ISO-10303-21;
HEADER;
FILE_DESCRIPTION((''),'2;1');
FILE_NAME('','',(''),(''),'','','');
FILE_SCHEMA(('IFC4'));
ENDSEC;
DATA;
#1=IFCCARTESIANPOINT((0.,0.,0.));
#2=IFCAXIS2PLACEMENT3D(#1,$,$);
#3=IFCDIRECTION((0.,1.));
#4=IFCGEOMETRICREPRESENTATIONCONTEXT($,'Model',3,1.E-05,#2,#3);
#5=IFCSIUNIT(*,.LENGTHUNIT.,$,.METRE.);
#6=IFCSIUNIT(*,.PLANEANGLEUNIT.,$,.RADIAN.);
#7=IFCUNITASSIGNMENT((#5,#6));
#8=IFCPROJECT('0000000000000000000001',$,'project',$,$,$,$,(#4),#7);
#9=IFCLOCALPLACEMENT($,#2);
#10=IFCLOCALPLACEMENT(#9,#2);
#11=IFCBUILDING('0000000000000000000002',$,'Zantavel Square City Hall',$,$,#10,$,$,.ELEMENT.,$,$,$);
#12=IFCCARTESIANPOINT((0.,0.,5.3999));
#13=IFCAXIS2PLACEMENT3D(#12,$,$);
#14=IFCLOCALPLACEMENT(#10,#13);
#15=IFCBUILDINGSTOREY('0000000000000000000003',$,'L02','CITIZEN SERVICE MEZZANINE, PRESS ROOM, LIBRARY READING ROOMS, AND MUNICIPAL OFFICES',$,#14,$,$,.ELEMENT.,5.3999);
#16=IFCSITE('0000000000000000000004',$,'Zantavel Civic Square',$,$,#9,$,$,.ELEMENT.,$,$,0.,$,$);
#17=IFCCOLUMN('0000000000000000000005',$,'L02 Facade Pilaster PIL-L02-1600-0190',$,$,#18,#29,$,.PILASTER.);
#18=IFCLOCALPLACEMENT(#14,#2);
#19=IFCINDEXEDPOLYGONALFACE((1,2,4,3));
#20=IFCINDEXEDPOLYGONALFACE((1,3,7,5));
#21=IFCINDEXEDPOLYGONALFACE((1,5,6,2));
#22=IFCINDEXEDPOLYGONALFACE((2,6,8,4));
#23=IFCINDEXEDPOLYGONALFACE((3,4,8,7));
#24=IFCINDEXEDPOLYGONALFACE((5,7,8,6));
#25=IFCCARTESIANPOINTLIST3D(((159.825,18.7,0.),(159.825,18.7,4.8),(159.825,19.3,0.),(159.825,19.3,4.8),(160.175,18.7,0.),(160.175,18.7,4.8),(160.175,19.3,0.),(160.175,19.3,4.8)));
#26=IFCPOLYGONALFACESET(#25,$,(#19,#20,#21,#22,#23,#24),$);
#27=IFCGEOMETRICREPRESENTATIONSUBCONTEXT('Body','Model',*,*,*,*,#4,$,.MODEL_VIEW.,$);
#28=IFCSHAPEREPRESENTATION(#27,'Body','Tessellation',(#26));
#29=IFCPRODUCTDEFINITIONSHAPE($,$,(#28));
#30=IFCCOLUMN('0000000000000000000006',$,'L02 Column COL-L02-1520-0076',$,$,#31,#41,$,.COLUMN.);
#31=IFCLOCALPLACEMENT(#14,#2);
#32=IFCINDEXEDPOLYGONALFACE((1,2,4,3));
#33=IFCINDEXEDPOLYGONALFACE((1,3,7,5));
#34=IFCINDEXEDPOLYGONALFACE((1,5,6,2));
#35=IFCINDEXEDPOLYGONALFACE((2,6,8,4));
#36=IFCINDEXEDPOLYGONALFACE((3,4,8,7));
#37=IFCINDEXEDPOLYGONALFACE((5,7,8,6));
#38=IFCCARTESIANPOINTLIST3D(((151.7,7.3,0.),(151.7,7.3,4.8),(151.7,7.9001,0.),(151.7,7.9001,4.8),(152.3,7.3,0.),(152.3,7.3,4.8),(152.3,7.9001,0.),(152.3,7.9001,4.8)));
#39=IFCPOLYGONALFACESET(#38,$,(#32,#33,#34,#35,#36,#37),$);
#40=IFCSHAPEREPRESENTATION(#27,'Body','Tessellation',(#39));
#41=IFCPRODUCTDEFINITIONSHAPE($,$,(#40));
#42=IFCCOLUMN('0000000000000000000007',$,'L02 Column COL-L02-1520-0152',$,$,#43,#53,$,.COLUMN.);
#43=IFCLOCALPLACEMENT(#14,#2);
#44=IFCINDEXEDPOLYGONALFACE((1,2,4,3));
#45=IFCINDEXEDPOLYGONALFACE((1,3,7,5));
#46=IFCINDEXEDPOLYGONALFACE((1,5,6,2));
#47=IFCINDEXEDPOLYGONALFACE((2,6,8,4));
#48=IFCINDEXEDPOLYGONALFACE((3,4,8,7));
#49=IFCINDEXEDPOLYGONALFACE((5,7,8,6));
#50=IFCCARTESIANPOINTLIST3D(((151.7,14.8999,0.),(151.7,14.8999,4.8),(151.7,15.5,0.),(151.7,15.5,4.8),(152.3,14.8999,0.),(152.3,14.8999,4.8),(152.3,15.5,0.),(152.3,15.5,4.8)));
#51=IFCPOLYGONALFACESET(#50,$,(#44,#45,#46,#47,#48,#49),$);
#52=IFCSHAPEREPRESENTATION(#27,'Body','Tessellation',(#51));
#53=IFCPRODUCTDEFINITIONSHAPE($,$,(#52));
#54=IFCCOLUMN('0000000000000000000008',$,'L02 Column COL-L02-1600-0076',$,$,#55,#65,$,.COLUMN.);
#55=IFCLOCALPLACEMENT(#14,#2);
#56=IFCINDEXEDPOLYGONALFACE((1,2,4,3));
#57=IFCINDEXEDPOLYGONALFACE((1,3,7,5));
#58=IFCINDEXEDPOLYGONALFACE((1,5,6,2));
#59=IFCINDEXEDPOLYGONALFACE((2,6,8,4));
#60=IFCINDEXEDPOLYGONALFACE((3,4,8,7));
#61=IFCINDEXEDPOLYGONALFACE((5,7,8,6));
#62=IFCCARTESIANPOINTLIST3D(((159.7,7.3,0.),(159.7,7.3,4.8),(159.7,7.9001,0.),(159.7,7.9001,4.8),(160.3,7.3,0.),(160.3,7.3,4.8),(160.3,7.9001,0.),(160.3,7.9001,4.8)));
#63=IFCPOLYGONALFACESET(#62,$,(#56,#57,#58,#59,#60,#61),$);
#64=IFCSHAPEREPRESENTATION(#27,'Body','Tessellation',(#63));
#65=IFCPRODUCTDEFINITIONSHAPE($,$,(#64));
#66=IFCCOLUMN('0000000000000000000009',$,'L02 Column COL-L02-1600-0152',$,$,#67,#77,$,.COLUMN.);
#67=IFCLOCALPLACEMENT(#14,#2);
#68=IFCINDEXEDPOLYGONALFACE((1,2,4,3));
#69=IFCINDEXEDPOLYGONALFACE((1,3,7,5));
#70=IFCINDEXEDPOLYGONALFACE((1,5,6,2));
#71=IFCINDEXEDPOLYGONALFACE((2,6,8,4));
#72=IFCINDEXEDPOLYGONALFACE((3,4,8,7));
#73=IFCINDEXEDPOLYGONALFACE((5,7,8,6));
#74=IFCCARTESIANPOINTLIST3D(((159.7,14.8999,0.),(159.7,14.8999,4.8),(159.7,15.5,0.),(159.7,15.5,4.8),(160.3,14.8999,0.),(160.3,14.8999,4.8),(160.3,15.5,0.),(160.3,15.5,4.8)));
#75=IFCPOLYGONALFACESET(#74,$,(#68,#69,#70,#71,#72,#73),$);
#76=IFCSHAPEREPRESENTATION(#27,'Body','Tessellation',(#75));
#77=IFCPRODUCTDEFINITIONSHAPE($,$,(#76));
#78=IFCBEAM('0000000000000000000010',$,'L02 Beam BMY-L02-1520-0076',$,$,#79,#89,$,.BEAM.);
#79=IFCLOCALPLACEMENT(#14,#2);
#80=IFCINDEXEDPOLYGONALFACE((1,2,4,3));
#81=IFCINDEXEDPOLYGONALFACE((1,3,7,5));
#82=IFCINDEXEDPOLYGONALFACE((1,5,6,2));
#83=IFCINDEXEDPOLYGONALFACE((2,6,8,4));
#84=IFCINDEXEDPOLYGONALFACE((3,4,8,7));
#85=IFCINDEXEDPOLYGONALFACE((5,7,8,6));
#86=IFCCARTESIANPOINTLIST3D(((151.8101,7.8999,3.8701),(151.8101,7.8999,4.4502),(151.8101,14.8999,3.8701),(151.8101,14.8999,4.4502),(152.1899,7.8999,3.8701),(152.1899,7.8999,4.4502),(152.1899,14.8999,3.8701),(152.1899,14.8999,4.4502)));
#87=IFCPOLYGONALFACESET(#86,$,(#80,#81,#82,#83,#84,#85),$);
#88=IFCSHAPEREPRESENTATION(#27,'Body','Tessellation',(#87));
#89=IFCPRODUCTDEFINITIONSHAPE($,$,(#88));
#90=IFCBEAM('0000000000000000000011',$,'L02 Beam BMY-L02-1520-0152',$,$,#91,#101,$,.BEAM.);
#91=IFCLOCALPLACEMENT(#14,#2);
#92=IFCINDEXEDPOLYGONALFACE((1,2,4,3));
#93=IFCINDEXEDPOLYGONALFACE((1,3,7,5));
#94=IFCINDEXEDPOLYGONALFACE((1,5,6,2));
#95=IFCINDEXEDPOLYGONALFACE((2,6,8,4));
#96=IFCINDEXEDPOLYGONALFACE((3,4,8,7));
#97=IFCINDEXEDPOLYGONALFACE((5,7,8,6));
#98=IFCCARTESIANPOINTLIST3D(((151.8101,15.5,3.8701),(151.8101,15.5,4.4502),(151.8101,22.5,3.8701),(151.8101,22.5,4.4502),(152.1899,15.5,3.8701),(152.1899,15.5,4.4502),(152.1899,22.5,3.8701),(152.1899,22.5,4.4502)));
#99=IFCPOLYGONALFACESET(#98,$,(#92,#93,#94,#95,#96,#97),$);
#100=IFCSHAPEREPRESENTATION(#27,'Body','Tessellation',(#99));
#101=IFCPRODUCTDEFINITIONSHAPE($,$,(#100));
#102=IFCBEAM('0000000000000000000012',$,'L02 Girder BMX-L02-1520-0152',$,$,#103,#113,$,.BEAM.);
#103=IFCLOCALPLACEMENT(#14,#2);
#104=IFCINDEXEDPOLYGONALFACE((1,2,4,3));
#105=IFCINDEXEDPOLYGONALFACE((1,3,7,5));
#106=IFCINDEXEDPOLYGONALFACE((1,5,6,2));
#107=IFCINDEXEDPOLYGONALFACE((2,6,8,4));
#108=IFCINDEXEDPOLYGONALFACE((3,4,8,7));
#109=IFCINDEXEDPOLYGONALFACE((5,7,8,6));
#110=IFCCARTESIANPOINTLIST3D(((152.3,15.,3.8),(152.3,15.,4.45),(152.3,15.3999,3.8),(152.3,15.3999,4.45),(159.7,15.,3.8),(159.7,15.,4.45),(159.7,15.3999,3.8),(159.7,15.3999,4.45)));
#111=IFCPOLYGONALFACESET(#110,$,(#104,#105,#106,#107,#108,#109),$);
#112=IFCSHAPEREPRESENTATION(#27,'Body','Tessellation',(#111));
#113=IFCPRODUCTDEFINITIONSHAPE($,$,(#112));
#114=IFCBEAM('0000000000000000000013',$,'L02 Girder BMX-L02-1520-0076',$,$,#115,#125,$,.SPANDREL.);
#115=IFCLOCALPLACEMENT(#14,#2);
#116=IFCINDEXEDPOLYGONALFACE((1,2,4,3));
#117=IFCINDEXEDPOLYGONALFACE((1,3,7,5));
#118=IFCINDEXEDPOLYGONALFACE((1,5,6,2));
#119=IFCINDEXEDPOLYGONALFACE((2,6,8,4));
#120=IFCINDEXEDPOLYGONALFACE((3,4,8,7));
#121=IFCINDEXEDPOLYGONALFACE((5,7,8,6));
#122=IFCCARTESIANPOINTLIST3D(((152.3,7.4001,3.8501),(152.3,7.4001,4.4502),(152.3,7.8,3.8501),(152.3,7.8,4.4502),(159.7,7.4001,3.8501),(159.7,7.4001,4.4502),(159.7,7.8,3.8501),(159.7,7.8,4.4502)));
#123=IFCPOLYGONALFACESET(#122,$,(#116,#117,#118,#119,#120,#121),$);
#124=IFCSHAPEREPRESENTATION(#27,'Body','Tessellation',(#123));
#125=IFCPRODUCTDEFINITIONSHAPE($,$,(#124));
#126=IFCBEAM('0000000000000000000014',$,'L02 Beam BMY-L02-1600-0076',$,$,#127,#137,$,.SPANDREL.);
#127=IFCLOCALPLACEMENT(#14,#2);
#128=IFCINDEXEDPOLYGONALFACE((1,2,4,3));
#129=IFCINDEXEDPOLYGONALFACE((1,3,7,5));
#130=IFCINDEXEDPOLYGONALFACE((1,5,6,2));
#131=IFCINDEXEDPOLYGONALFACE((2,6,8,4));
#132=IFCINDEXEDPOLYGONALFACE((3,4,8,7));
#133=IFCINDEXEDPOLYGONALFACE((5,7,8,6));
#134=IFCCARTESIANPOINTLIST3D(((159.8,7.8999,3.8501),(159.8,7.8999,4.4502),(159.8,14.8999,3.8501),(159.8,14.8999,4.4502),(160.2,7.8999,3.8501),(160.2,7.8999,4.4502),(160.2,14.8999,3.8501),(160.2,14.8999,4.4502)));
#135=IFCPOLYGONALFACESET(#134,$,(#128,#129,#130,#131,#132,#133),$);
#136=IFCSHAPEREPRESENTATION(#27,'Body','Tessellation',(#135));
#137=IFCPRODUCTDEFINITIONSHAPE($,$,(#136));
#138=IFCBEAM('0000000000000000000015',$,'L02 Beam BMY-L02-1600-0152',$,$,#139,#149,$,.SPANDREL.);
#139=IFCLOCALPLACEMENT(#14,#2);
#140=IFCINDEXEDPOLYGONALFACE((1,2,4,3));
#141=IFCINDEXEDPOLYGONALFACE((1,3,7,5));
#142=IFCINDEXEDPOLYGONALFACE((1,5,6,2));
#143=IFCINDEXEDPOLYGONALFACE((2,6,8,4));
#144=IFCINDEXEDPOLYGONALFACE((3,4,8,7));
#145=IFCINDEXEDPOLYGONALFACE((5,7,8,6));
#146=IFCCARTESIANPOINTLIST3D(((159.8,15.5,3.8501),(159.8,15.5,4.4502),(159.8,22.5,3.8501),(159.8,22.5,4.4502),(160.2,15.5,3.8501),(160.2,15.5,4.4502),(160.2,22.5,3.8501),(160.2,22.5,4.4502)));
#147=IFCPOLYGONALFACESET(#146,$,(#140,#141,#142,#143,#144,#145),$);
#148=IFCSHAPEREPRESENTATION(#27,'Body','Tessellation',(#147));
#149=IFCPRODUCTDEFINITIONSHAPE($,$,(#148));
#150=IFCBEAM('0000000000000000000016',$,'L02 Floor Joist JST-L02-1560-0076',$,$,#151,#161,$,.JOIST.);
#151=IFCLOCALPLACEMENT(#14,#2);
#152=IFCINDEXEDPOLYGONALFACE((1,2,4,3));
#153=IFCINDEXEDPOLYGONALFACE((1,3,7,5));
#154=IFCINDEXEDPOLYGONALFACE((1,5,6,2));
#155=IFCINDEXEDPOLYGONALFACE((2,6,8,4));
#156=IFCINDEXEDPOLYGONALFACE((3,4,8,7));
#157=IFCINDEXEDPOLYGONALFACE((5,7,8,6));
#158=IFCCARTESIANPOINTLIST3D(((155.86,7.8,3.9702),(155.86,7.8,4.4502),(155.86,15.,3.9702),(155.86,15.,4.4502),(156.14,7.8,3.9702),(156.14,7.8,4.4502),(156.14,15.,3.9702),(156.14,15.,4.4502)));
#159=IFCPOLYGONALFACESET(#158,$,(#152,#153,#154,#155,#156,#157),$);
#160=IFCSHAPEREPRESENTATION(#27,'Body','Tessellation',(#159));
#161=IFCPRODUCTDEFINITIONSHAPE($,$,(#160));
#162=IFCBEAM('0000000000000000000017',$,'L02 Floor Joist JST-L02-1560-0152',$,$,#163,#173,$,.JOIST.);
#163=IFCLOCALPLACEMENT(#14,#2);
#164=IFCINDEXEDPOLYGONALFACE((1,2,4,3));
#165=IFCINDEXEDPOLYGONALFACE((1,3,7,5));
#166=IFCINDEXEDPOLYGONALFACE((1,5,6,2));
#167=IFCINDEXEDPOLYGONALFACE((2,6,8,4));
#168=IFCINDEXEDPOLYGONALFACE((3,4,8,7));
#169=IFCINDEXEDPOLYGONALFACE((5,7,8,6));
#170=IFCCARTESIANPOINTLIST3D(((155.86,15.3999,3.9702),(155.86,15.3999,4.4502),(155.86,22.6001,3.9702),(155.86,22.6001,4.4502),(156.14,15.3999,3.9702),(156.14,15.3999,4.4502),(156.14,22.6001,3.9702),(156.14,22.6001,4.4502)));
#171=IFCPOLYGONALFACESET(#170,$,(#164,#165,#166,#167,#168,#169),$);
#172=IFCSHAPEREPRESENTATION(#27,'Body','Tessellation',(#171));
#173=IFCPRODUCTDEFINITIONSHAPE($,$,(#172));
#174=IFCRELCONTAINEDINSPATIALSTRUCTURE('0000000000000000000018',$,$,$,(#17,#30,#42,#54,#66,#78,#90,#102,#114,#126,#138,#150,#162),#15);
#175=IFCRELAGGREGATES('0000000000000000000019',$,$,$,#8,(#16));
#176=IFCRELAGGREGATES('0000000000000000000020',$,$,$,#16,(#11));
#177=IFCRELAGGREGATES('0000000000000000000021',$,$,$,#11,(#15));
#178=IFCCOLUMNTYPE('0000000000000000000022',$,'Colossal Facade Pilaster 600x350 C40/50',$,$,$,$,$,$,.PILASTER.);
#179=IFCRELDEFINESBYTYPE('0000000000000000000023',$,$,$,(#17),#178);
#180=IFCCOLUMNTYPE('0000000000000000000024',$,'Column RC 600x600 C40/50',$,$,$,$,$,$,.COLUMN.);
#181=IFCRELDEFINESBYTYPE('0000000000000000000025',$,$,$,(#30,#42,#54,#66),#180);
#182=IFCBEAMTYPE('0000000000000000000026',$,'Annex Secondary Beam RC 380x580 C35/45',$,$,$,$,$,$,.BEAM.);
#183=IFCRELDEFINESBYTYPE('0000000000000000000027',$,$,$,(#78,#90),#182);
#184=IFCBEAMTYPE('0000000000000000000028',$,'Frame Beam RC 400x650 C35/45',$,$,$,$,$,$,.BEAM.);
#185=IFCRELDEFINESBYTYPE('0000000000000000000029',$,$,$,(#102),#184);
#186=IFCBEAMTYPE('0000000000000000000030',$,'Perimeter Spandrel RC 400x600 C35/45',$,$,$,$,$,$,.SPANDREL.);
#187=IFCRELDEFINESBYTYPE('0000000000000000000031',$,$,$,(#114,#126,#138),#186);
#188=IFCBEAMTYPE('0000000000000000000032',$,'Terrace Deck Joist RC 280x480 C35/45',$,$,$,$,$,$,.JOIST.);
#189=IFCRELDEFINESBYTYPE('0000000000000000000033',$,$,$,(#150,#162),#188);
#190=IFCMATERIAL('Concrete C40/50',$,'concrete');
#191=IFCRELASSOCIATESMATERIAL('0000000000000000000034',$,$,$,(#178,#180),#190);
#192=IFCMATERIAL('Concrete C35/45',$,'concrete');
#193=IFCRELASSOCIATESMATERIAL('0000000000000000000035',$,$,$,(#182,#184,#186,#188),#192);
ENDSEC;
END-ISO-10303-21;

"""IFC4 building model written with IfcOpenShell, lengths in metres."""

from ifc_helpers import new_model, si_unit, direction, frame, origin, origin_2d, place, context, subcontext, project, spatial, rectangle, extrude, material, material_profile, profile_set, type_object, element, save


model = new_model("IFC4")

# Units and contexts
model_context = context("Model", 3, precision=1e-05, world=origin(), true_north=direction((0.0, 1.0)))
body_context = subcontext(model_context, "Body", "Model", "MODEL_VIEW")
ifc_project = project(units=[si_unit("LENGTHUNIT", "METRE"), si_unit("PLANEANGLEUNIT", "RADIAN")], contexts=[model_context])

# Site, building, storey
site_placement = place(None, origin())
site = spatial("IfcSite", under=ifc_project, at=site_placement, Name="Zantavel Civic Square", CompositionType="ELEMENT", RefElevation=0.0)
building_placement = place(site_placement, origin())
building = spatial("IfcBuilding", under=site, at=building_placement, Name="Zantavel Square City Hall", CompositionType="ELEMENT")
storey_placement = place(building_placement, frame((0.0, 0.0, 5.3999)))
storey = spatial("IfcBuildingStorey", under=building, at=storey_placement, Name="L02", Description="CITIZEN SERVICE MEZZANINE, PRESS ROOM, LIBRARY READING ROOMS, AND MUNICIPAL OFFICES", CompositionType="ELEMENT", Elevation=5.3999)

# Columns
ifc_material_1 = material(Name="Concrete C40/50", Category="concrete")
ifc_material_profile_1 = material_profile(ifc_material_1, rectangle(XDim=0.6001, YDim=0.3501, at=origin_2d()), Name="RC 600x350")
ifc_profile_set_1 = profile_set([ifc_material_profile_1], Name="Concrete C40/50")
column_type_1 = type_object("IfcColumnType", Name="Colossal Facade Pilaster 600x350 C40/50", PredefinedType="PILASTER", material=ifc_profile_set_1)
column_placement = place(storey_placement, frame((160.0, 19.0, 0.0), z_axis=(0.0, 0.0, 1.0), x_axis=(0.0, 1.0, 0.0)))
element("IfcColumn", 1, at=column_placement, inside=storey, type_object=column_type_1, Name="L02 Facade Pilaster PIL-L02-1600-0190", PredefinedType="PILASTER", context=body_context, shape_type="SweptSolid", body=[
    extrude(rectangle(XDim=0.6001, YDim=0.3501, at=origin_2d()), origin(), (0.0, 0.0, 1.0), 4.8),
])
ifc_material_profile_2 = material_profile(ifc_material_1, rectangle(XDim=0.6001, YDim=0.6001, at=origin_2d()), Name="RC 600x600")
ifc_profile_set_2 = profile_set([ifc_material_profile_2], Name="Concrete C40/50")
column_type_2 = type_object("IfcColumnType", Name="Column RC 600x600 C40/50", PredefinedType="COLUMN", material=ifc_profile_set_2)
for number, where, z_axis, x_axis, name in (
    (2, (152.0, 7.6001, 0.0), (0.0, 0.0, 1.0), (1.0, 0.0, 0.0), "L02 Column COL-L02-1520-0076"),
    (3, (152.0, 15.2, 0.0), (0.0, 0.0, 1.0), (1.0, 0.0, 0.0), "L02 Column COL-L02-1520-0152"),
    (4, (160.0, 7.6001, 0.0), (0.0, 0.0, 1.0), (1.0, 0.0, 0.0), "L02 Column COL-L02-1600-0076"),
    (5, (160.0, 15.2, 0.0), (0.0, 0.0, 1.0), (1.0, 0.0, 0.0), "L02 Column COL-L02-1600-0152"),
):
    element("IfcColumn", number, at=place(storey_placement, frame(where, z_axis=z_axis, x_axis=x_axis)), inside=storey, type_object=column_type_2, Name=name, PredefinedType="COLUMN", context=body_context, shape_type="SweptSolid", body=[
        extrude(rectangle(XDim=0.6001, YDim=0.6001, at=origin_2d()), origin(), (0.0, 0.0, 1.0), 4.8),
    ])

# Beams
ifc_material_2 = material(Name="Concrete C35/45", Category="concrete")
ifc_material_profile_3 = material_profile(ifc_material_2, rectangle(XDim=0.3799, YDim=0.5801, at=origin_2d()), Name="RC 380x580")
ifc_profile_set_3 = profile_set([ifc_material_profile_3], Name="Concrete C35/45")
beam_type_1 = type_object("IfcBeamType", Name="Annex Secondary Beam RC 380x580 C35/45", PredefinedType="BEAM", material=ifc_profile_set_3)
for number, where, z_axis, x_axis, name in (
    (6, (152.0, 7.8999, 4.1602), (0.0, 1.0, 0.0), (-1.0, 0.0, 0.0), "L02 Beam BMY-L02-1520-0076"),
    (7, (152.0, 15.5, 4.1602), (0.0, 1.0, 0.0), (-1.0, 0.0, 0.0), "L02 Beam BMY-L02-1520-0152"),
):
    element("IfcBeam", number, at=place(storey_placement, frame(where, z_axis=z_axis, x_axis=x_axis)), inside=storey, type_object=beam_type_1, Name=name, PredefinedType="BEAM", context=body_context, shape_type="SweptSolid", body=[
        extrude(rectangle(XDim=0.3799, YDim=0.5801, at=origin_2d()), origin(), (0.0, 0.0, 1.0), 7.0),
    ])
ifc_material_profile_4 = material_profile(ifc_material_2, rectangle(XDim=0.3999, YDim=0.6499, at=origin_2d()), Name="RC 400x650")
ifc_profile_set_4 = profile_set([ifc_material_profile_4], Name="Concrete C35/45")
beam_type_2 = type_object("IfcBeamType", Name="Frame Beam RC 400x650 C35/45", PredefinedType="BEAM", material=ifc_profile_set_4)
beam_1_placement = place(storey_placement, frame((152.3, 15.2, 4.125), z_axis=(1.0, 0.0, 0.0), x_axis=(0.0, 1.0, 0.0)))
element("IfcBeam", 8, at=beam_1_placement, inside=storey, type_object=beam_type_2, Name="L02 Girder BMX-L02-1520-0152", PredefinedType="BEAM", context=body_context, shape_type="SweptSolid", body=[
    extrude(rectangle(XDim=0.3999, YDim=0.6499, at=origin_2d()), origin(), (0.0, 0.0, 1.0), 7.3999),
])
ifc_material_profile_5 = material_profile(ifc_material_2, rectangle(XDim=0.3999, YDim=0.6001, at=origin_2d()), Name="RC 400x600")
ifc_profile_set_5 = profile_set([ifc_material_profile_5], Name="Concrete C35/45")
beam_type_3 = type_object("IfcBeamType", Name="Perimeter Spandrel RC 400x600 C35/45", PredefinedType="SPANDREL", material=ifc_profile_set_5)
beam_2_placement = place(storey_placement, frame((152.3, 7.6001, 4.1501), z_axis=(1.0, 0.0, 0.0), x_axis=(0.0, 1.0, 0.0)))
element("IfcBeam", 9, at=beam_2_placement, inside=storey, type_object=beam_type_3, Name="L02 Girder BMX-L02-1520-0076", PredefinedType="SPANDREL", context=body_context, shape_type="SweptSolid", body=[
    extrude(rectangle(XDim=0.3999, YDim=0.6001, at=origin_2d()), origin(), (0.0, 0.0, 1.0), 7.3999),
])
for number, where, z_axis, x_axis, name in (
    (10, (160.0, 7.8999, 4.1501), (0.0, 1.0, 0.0), (-1.0, 0.0, 0.0), "L02 Beam BMY-L02-1600-0076"),
    (11, (160.0, 15.5, 4.1501), (0.0, 1.0, 0.0), (-1.0, 0.0, 0.0), "L02 Beam BMY-L02-1600-0152"),
):
    element("IfcBeam", number, at=place(storey_placement, frame(where, z_axis=z_axis, x_axis=x_axis)), inside=storey, type_object=beam_type_3, Name=name, PredefinedType="SPANDREL", context=body_context, shape_type="SweptSolid", body=[
        extrude(rectangle(XDim=0.3999, YDim=0.6001, at=origin_2d()), origin(), (0.0, 0.0, 1.0), 7.0),
    ])
ifc_material_profile_6 = material_profile(ifc_material_2, rectangle(XDim=0.28, YDim=0.48, at=origin_2d()), Name="RC 280x480")
ifc_profile_set_6 = profile_set([ifc_material_profile_6], Name="Concrete C35/45")
beam_type_4 = type_object("IfcBeamType", Name="Terrace Deck Joist RC 280x480 C35/45", PredefinedType="JOIST", material=ifc_profile_set_6)
beam_3_placement = place(storey_placement, frame((156.0, 7.8, 4.2102), z_axis=(0.0, 1.0, 0.0), x_axis=(-1.0, 0.0, 0.0)))
element("IfcBeam", 12, at=beam_3_placement, inside=storey, type_object=beam_type_4, Name="L02 Floor Joist JST-L02-1560-0076", PredefinedType="JOIST", context=body_context, shape_type="SweptSolid", body=[
    extrude(rectangle(XDim=0.28, YDim=0.48, at=origin_2d()), origin(), (0.0, 0.0, 1.0), 7.2),
])
beam_4_placement = place(storey_placement, frame((156.0, 15.3999, 4.2102), z_axis=(0.0, 1.0, 0.0), x_axis=(-1.0, 0.0, 0.0)))
element("IfcBeam", 13, at=beam_4_placement, inside=storey, type_object=beam_type_4, Name="L02 Floor Joist JST-L02-1560-0152", PredefinedType="JOIST", context=body_context, shape_type="SweptSolid", body=[
    extrude(rectangle(XDim=0.28, YDim=0.48, at=origin_2d()), origin(), (0.0, 0.0, 1.0), 7.2002),
])

save(model, "model.ifc")
